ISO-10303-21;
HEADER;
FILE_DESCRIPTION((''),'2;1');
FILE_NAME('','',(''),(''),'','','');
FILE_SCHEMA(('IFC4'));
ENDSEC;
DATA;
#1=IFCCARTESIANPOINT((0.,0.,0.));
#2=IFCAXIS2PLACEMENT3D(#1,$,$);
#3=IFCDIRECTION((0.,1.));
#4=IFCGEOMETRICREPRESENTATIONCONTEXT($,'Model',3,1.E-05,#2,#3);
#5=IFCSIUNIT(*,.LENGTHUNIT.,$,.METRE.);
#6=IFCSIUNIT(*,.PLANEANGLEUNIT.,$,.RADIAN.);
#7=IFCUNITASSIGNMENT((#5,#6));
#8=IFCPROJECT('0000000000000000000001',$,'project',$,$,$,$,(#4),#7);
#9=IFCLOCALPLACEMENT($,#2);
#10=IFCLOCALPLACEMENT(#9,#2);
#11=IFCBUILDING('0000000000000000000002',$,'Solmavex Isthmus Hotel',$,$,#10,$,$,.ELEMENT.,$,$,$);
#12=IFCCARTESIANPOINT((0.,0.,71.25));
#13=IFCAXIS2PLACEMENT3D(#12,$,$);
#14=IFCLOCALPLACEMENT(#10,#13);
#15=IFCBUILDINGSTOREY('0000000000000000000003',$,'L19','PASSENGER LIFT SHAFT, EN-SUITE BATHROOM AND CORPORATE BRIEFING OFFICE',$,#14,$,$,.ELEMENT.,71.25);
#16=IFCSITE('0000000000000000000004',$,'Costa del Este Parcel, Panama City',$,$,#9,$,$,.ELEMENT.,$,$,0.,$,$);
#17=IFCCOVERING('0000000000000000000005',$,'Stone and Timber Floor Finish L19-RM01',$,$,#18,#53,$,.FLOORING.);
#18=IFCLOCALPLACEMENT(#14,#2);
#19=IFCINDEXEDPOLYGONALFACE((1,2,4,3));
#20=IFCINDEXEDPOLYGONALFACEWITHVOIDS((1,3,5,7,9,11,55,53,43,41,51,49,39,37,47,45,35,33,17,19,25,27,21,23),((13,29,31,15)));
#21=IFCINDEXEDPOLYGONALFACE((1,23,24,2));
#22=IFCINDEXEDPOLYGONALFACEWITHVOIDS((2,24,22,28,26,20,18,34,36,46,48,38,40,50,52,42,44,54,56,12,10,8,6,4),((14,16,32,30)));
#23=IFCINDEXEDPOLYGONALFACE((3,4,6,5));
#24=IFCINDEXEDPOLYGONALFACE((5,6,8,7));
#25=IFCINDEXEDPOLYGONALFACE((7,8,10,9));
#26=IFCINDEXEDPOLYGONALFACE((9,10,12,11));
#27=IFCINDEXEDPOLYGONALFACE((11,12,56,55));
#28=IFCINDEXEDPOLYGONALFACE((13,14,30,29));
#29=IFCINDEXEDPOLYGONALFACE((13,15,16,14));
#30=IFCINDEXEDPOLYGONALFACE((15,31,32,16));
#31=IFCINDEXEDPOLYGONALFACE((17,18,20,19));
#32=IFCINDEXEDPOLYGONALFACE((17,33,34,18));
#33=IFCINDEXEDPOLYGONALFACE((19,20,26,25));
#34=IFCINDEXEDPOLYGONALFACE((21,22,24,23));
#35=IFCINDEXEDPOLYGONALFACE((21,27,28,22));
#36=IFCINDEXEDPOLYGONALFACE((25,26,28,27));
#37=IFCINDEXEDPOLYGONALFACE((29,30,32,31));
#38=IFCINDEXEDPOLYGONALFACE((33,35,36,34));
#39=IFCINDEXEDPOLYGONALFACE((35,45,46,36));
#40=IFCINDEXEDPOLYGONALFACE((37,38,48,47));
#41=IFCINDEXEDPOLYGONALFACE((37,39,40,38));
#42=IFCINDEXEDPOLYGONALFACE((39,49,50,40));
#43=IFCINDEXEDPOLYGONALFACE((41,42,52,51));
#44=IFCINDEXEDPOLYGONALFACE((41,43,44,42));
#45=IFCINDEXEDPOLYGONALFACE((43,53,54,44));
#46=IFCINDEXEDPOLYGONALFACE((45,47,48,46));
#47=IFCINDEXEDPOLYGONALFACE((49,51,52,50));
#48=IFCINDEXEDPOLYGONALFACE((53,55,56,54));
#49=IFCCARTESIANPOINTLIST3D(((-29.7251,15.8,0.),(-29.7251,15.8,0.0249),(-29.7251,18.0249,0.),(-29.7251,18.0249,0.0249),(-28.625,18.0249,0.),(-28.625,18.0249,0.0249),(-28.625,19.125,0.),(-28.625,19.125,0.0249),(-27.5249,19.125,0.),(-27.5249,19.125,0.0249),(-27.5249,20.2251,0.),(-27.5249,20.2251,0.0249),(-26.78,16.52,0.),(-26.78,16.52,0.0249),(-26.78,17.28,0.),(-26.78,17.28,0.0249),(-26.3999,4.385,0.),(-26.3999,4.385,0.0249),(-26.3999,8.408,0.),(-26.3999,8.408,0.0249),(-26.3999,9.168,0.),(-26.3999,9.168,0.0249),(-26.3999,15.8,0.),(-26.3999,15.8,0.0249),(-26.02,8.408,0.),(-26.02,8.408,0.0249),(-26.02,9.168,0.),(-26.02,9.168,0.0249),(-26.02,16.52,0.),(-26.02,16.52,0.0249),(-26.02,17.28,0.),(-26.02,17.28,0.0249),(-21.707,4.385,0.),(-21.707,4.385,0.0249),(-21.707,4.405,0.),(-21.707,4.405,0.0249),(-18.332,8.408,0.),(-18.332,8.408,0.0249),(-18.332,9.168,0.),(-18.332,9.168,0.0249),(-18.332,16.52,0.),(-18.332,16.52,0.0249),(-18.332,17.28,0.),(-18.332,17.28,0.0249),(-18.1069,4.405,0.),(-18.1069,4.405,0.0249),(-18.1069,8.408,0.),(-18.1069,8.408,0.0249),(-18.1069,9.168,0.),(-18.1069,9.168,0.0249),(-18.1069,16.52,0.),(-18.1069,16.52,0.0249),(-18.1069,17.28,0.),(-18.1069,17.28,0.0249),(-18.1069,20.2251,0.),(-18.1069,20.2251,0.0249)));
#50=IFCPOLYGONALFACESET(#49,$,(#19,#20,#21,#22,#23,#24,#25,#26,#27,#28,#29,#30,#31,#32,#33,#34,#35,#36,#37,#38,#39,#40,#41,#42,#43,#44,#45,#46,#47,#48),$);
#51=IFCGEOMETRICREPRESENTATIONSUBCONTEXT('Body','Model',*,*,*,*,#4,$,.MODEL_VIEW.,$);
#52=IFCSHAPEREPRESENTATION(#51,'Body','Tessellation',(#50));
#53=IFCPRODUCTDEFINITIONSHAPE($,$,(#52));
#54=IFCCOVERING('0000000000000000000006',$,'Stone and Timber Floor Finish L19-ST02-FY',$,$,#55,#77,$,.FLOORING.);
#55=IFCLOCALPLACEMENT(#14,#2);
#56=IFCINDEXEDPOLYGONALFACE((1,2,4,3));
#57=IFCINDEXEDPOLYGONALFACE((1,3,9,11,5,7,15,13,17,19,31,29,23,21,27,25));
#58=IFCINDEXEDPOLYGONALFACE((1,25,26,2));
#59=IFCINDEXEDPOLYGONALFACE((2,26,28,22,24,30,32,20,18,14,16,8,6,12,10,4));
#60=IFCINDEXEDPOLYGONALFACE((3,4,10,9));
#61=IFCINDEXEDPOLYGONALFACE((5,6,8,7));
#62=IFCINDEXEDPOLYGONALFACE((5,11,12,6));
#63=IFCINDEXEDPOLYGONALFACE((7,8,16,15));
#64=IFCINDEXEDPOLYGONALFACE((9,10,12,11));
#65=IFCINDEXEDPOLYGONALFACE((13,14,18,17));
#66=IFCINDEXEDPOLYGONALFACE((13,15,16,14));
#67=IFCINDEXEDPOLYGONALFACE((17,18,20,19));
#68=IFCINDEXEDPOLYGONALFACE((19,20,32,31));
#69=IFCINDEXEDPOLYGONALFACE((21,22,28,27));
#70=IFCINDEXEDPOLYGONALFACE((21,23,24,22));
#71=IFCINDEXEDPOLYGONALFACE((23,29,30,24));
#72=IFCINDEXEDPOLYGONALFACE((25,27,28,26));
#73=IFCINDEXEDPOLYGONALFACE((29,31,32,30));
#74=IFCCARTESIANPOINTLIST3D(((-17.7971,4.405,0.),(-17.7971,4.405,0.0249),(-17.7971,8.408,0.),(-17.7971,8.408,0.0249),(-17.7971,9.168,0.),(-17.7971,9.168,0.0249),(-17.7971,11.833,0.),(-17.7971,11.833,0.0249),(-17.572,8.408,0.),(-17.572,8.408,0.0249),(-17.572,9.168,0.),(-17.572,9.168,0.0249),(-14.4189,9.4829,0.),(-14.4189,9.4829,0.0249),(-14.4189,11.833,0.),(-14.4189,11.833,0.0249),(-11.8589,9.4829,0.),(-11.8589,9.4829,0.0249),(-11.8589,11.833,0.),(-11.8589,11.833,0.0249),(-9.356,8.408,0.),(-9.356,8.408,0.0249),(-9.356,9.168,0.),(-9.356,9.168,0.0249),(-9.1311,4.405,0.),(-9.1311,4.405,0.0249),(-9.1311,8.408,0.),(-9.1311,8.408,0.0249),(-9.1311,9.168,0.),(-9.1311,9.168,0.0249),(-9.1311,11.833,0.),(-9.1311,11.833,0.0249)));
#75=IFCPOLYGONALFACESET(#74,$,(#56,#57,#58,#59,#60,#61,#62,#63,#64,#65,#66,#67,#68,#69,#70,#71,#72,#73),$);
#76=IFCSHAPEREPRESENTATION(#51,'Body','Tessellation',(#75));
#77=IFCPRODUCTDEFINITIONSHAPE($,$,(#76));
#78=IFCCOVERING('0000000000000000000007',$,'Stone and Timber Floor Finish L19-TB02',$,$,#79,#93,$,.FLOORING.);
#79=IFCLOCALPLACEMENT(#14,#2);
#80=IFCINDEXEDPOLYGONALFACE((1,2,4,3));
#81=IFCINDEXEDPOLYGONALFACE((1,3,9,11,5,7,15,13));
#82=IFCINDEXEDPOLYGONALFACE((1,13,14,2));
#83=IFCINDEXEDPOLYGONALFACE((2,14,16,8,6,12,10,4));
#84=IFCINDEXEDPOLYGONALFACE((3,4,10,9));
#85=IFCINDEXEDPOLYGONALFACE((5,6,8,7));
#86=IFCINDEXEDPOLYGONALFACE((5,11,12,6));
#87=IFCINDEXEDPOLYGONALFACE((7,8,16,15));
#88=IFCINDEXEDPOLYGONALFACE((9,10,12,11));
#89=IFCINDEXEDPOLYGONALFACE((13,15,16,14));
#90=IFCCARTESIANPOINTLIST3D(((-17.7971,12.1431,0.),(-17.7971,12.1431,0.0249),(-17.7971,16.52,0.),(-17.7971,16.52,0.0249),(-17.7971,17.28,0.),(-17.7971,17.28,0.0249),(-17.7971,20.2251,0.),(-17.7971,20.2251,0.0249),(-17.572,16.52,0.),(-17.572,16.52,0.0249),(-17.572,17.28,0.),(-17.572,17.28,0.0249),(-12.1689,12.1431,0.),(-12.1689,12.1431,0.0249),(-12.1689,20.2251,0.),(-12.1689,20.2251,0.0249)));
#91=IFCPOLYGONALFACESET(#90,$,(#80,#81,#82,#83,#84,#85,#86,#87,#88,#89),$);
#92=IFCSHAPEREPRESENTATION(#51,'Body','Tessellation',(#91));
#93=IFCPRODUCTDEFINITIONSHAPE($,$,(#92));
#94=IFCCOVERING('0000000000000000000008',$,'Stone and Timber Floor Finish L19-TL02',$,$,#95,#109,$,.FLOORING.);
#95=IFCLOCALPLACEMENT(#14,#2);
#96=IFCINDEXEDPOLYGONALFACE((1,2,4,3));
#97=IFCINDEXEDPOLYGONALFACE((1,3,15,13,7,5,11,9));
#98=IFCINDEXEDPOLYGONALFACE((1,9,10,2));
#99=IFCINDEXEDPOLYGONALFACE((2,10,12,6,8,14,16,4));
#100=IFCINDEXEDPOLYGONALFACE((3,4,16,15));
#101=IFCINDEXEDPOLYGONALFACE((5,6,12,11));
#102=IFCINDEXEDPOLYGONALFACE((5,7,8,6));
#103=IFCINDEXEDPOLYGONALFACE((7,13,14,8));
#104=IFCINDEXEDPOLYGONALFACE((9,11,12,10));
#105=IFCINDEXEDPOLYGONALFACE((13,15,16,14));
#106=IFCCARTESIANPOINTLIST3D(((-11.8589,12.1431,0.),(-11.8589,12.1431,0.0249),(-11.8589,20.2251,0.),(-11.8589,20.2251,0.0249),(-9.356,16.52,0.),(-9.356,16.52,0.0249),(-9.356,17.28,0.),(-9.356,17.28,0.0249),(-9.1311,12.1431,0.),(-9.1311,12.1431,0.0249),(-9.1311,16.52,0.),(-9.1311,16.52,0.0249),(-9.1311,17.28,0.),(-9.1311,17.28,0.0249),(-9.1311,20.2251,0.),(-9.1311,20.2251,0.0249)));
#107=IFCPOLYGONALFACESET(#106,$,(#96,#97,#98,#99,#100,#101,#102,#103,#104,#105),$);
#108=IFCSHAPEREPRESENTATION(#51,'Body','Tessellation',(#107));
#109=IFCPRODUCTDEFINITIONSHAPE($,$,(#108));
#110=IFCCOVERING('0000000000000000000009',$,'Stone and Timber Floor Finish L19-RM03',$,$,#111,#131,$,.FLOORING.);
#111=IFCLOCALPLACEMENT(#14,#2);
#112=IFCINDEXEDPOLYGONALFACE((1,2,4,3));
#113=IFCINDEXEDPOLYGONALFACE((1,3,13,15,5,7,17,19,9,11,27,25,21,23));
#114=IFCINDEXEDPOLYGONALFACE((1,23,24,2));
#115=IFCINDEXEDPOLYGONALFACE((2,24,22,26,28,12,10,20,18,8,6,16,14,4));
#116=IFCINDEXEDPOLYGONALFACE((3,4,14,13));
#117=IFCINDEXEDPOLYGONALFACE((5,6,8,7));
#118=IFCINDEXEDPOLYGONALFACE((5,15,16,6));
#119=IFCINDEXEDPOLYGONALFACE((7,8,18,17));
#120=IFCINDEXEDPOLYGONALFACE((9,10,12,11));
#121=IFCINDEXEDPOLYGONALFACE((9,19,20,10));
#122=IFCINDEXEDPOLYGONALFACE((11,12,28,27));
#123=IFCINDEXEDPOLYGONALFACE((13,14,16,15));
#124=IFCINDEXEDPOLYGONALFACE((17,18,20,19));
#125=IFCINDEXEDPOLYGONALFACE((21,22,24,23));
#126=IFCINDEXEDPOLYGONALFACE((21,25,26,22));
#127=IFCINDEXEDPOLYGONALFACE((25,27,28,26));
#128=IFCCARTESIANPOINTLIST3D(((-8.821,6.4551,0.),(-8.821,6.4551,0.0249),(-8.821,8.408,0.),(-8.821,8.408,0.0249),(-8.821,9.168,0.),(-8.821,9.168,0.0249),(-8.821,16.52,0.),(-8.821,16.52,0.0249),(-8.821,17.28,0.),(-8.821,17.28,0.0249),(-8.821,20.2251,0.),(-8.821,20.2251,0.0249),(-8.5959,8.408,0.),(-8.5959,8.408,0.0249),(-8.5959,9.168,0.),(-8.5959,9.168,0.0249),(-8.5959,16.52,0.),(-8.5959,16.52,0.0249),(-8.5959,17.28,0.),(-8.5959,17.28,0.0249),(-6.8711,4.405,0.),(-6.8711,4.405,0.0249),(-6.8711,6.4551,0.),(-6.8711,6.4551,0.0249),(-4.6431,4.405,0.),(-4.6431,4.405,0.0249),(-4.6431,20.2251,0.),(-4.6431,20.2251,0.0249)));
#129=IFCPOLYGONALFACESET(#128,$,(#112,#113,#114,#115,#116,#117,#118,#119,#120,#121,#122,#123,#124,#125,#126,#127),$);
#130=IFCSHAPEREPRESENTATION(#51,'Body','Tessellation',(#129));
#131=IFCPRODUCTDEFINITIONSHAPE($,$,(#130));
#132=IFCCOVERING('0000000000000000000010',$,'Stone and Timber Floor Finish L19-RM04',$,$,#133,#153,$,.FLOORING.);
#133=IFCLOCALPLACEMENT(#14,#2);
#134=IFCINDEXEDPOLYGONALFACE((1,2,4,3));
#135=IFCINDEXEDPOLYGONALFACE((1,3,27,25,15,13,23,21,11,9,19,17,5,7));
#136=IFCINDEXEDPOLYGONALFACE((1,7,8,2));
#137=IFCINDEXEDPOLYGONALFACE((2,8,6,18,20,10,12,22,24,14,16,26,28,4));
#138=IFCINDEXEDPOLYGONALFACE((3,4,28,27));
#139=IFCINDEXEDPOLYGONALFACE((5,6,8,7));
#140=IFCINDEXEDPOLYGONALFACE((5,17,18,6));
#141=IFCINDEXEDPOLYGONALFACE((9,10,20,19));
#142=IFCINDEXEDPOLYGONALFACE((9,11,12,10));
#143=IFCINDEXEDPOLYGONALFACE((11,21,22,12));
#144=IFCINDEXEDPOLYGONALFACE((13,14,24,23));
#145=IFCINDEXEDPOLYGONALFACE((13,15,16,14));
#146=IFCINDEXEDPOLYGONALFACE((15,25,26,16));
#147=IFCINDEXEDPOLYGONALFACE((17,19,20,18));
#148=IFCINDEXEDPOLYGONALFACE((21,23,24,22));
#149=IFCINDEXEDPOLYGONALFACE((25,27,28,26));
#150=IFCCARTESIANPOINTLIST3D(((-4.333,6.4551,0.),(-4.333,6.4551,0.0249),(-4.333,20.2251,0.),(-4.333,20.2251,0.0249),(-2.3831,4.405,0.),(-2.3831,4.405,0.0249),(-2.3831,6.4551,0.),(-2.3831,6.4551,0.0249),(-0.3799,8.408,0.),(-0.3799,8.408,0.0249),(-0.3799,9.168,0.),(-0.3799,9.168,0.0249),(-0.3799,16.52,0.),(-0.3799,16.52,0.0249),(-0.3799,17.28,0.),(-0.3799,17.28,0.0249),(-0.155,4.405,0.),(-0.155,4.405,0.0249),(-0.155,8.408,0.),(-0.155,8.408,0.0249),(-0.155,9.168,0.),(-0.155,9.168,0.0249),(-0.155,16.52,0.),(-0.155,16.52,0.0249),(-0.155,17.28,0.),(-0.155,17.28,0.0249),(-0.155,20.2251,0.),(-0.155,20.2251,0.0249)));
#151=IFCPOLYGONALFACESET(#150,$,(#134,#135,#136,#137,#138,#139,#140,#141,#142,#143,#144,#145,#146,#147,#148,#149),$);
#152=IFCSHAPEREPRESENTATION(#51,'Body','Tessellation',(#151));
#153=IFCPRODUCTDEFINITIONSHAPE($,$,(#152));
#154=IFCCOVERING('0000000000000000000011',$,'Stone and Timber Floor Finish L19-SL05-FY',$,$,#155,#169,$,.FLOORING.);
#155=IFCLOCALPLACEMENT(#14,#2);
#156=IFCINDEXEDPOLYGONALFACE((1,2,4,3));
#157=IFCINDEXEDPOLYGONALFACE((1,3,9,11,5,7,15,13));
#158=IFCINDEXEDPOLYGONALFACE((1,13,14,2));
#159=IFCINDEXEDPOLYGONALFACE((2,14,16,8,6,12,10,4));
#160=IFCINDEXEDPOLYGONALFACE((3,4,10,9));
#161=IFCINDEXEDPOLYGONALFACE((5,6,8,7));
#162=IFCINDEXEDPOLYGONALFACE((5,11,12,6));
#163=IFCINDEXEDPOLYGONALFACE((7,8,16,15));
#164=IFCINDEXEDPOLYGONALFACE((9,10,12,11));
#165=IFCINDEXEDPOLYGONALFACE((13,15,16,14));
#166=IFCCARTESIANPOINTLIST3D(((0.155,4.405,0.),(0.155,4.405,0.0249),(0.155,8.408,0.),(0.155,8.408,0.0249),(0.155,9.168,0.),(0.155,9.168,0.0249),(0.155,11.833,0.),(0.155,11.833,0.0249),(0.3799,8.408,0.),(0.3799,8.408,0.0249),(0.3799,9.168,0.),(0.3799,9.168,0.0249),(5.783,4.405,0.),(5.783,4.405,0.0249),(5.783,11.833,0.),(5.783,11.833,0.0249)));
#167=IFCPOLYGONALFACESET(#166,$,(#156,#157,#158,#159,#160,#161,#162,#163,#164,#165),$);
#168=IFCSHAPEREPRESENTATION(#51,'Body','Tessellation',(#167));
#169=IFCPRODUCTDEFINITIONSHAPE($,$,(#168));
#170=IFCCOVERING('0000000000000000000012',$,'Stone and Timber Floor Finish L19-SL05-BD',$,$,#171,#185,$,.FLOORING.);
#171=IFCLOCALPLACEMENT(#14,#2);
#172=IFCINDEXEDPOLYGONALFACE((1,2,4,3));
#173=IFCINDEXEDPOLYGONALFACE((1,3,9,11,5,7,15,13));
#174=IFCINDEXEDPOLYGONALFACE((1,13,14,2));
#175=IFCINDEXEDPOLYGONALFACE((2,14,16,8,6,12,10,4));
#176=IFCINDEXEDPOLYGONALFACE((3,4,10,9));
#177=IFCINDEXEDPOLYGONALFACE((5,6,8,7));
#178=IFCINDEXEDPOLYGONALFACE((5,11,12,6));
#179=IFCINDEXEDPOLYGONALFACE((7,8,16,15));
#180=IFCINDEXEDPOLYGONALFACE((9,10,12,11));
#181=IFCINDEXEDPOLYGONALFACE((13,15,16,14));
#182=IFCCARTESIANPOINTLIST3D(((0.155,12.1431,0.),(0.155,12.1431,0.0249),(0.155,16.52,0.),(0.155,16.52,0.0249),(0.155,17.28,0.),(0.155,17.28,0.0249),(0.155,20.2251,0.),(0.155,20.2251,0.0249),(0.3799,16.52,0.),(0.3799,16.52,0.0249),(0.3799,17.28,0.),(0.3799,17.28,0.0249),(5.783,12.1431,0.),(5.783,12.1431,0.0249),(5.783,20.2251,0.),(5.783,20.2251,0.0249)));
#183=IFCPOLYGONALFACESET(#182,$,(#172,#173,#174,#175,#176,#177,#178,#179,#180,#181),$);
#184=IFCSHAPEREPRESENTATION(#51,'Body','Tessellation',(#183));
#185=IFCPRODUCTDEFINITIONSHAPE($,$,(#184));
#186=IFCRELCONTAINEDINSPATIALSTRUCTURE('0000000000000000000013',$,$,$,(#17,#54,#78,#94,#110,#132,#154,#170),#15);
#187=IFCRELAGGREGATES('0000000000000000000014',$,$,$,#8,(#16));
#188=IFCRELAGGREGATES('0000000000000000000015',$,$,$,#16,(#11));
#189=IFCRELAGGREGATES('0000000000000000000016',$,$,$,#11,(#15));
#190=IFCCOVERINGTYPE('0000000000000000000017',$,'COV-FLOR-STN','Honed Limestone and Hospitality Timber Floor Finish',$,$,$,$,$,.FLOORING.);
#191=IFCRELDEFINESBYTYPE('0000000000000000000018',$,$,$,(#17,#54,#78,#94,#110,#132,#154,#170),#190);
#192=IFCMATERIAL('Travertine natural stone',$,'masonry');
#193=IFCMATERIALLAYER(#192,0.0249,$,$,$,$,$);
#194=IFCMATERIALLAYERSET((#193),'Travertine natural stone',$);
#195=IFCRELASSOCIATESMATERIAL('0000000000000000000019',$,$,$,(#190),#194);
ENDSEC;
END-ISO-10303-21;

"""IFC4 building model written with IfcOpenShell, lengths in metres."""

from ifc_helpers import new_model, si_unit, direction, frame, origin, place, context, subcontext, project, spatial, polyline, outline, extrude, material, layer, layer_set, type_object, element, save


model = new_model("IFC4")

# Units and contexts
model_context = context("Model", 3, precision=1e-05, world=origin(), true_north=direction((0.0, 1.0)))
body_context = subcontext(model_context, "Body", "Model", "MODEL_VIEW")
ifc_project = project(units=[si_unit("LENGTHUNIT", "METRE"), si_unit("PLANEANGLEUNIT", "RADIAN")], contexts=[model_context])

# Site, building, storey
site_placement = place(None, origin())
site = spatial("IfcSite", under=ifc_project, at=site_placement, Name="Costa del Este Parcel, Panama City", CompositionType="ELEMENT", RefElevation=0.0)
building_placement = place(site_placement, origin())
building = spatial("IfcBuilding", under=site, at=building_placement, Name="Solmavex Isthmus Hotel", CompositionType="ELEMENT")
storey_placement = place(building_placement, frame((0.0, 0.0, 71.25)))
storey = spatial("IfcBuildingStorey", under=building, at=storey_placement, Name="L19", Description="PASSENGER LIFT SHAFT, EN-SUITE BATHROOM AND CORPORATE BRIEFING OFFICE", CompositionType="ELEMENT", Elevation=71.25)

# Coverings
ifc_material_1 = material(Name="Travertine natural stone", Category="masonry")
ifc_layer_1 = layer(ifc_material_1, 0.0249)
ifc_layer_set_1 = layer_set([ifc_layer_1], Name="Travertine natural stone")
covering_type = type_object("IfcCoveringType", Name="COV-FLOR-STN", Description="Honed Limestone and Hospitality Timber Floor Finish", PredefinedType="FLOORING", material=ifc_layer_set_1)
covering_1_placement = place(storey_placement, origin())
element("IfcCovering", 1, at=covering_1_placement, inside=storey, type_object=covering_type, Name="Stone and Timber Floor Finish L19-RM01", PredefinedType="FLOORING", context=body_context, shape_type="SweptSolid", body=[
    extrude(outline(polyline([(-21.707, 4.385), (-21.707, 4.405), (-18.1069, 4.405), (-18.1069, 8.408), (-18.332, 8.408), (-18.332, 9.168), (-18.1069, 9.168), (-18.1069, 16.52), (-18.332, 16.52), (-18.332, 17.28), (-18.1069, 17.28), (-18.1069, 20.2251), (-27.5249, 20.2251), (-27.5249, 19.125), (-28.625, 19.125), (-28.625, 18.0249), (-29.7251, 18.0249), (-29.7251, 15.8), (-26.3999, 15.8), (-26.3999, 9.168), (-26.02, 9.168), (-26.02, 8.408), (-26.3999, 8.408), (-26.3999, 4.385), (-21.707, 4.385)]), holes=[polyline([(-26.78, 17.28), (-26.02, 17.28), (-26.02, 16.52), (-26.78, 16.52), (-26.78, 17.28)])]), origin(), (0.0, 0.0, 1.0), 0.0249),
])
covering_2_placement = place(storey_placement, origin())
element("IfcCovering", 2, at=covering_2_placement, inside=storey, type_object=covering_type, Name="Stone and Timber Floor Finish L19-ST02-FY", PredefinedType="FLOORING", context=body_context, shape_type="SweptSolid", body=[
    extrude(outline(polyline([(-17.7971, 9.168), (-17.572, 9.168), (-17.572, 8.408), (-17.7971, 8.408), (-17.7971, 4.405), (-9.1311, 4.405), (-9.1311, 8.408), (-9.356, 8.408), (-9.356, 9.168), (-9.1311, 9.168), (-9.1311, 11.833), (-11.8589, 11.833), (-11.8589, 9.4829), (-14.4189, 9.4829), (-14.4189, 11.833), (-17.7971, 11.833), (-17.7971, 9.168)])), origin(), (0.0, 0.0, 1.0), 0.0249),
])
covering_3_placement = place(storey_placement, origin())
element("IfcCovering", 3, at=covering_3_placement, inside=storey, type_object=covering_type, Name="Stone and Timber Floor Finish L19-TB02", PredefinedType="FLOORING", context=body_context, shape_type="SweptSolid", body=[
    extrude(outline(polyline([(-17.7971, 17.28), (-17.572, 17.28), (-17.572, 16.52), (-17.7971, 16.52), (-17.7971, 12.1431), (-12.1689, 12.1431), (-12.1689, 20.2251), (-17.7971, 20.2251), (-17.7971, 17.28)])), origin(), (0.0, 0.0, 1.0), 0.0249),
])
covering_4_placement = place(storey_placement, origin())
element("IfcCovering", 4, at=covering_4_placement, inside=storey, type_object=covering_type, Name="Stone and Timber Floor Finish L19-TL02", PredefinedType="FLOORING", context=body_context, shape_type="SweptSolid", body=[
    extrude(outline(polyline([(-9.1311, 16.52), (-9.356, 16.52), (-9.356, 17.28), (-9.1311, 17.28), (-9.1311, 20.2251), (-11.8589, 20.2251), (-11.8589, 12.1431), (-9.1311, 12.1431), (-9.1311, 16.52)])), origin(), (0.0, 0.0, 1.0), 0.0249),
])
covering_5_placement = place(storey_placement, origin())
element("IfcCovering", 5, at=covering_5_placement, inside=storey, type_object=covering_type, Name="Stone and Timber Floor Finish L19-RM03", PredefinedType="FLOORING", context=body_context, shape_type="SweptSolid", body=[
    extrude(outline(polyline([(-8.821, 9.168), (-8.5959, 9.168), (-8.5959, 8.408), (-8.821, 8.408), (-8.821, 6.4551), (-6.8711, 6.4551), (-6.8711, 4.405), (-4.6431, 4.405), (-4.6431, 20.2251), (-8.821, 20.2251), (-8.821, 17.28), (-8.5959, 17.28), (-8.5959, 16.52), (-8.821, 16.52), (-8.821, 9.168)])), origin(), (0.0, 0.0, 1.0), 0.0249),
])
covering_6_placement = place(storey_placement, origin())
element("IfcCovering", 6, at=covering_6_placement, inside=storey, type_object=covering_type, Name="Stone and Timber Floor Finish L19-RM04", PredefinedType="FLOORING", context=body_context, shape_type="SweptSolid", body=[
    extrude(outline(polyline([(-0.155, 16.52), (-0.3799, 16.52), (-0.3799, 17.28), (-0.155, 17.28), (-0.155, 20.2251), (-4.333, 20.2251), (-4.333, 6.4551), (-2.3831, 6.4551), (-2.3831, 4.405), (-0.155, 4.405), (-0.155, 8.408), (-0.3799, 8.408), (-0.3799, 9.168), (-0.155, 9.168), (-0.155, 16.52)])), origin(), (0.0, 0.0, 1.0), 0.0249),
])
covering_7_placement = place(storey_placement, origin())
element("IfcCovering", 7, at=covering_7_placement, inside=storey, type_object=covering_type, Name="Stone and Timber Floor Finish L19-SL05-FY", PredefinedType="FLOORING", context=body_context, shape_type="SweptSolid", body=[
    extrude(outline(polyline([(0.155, 9.168), (0.3799, 9.168), (0.3799, 8.408), (0.155, 8.408), (0.155, 4.405), (5.783, 4.405), (5.783, 11.833), (0.155, 11.833), (0.155, 9.168)])), origin(), (0.0, 0.0, 1.0), 0.0249),
])
covering_8_placement = place(storey_placement, origin())
element("IfcCovering", 8, at=covering_8_placement, inside=storey, type_object=covering_type, Name="Stone and Timber Floor Finish L19-SL05-BD", PredefinedType="FLOORING", context=body_context, shape_type="SweptSolid", body=[
    extrude(outline(polyline([(0.155, 17.28), (0.3799, 17.28), (0.3799, 16.52), (0.155, 16.52), (0.155, 12.1431), (5.783, 12.1431), (5.783, 20.2251), (0.155, 20.2251), (0.155, 17.28)])), origin(), (0.0, 0.0, 1.0), 0.0249),
])

save(model, "model.ifc")
